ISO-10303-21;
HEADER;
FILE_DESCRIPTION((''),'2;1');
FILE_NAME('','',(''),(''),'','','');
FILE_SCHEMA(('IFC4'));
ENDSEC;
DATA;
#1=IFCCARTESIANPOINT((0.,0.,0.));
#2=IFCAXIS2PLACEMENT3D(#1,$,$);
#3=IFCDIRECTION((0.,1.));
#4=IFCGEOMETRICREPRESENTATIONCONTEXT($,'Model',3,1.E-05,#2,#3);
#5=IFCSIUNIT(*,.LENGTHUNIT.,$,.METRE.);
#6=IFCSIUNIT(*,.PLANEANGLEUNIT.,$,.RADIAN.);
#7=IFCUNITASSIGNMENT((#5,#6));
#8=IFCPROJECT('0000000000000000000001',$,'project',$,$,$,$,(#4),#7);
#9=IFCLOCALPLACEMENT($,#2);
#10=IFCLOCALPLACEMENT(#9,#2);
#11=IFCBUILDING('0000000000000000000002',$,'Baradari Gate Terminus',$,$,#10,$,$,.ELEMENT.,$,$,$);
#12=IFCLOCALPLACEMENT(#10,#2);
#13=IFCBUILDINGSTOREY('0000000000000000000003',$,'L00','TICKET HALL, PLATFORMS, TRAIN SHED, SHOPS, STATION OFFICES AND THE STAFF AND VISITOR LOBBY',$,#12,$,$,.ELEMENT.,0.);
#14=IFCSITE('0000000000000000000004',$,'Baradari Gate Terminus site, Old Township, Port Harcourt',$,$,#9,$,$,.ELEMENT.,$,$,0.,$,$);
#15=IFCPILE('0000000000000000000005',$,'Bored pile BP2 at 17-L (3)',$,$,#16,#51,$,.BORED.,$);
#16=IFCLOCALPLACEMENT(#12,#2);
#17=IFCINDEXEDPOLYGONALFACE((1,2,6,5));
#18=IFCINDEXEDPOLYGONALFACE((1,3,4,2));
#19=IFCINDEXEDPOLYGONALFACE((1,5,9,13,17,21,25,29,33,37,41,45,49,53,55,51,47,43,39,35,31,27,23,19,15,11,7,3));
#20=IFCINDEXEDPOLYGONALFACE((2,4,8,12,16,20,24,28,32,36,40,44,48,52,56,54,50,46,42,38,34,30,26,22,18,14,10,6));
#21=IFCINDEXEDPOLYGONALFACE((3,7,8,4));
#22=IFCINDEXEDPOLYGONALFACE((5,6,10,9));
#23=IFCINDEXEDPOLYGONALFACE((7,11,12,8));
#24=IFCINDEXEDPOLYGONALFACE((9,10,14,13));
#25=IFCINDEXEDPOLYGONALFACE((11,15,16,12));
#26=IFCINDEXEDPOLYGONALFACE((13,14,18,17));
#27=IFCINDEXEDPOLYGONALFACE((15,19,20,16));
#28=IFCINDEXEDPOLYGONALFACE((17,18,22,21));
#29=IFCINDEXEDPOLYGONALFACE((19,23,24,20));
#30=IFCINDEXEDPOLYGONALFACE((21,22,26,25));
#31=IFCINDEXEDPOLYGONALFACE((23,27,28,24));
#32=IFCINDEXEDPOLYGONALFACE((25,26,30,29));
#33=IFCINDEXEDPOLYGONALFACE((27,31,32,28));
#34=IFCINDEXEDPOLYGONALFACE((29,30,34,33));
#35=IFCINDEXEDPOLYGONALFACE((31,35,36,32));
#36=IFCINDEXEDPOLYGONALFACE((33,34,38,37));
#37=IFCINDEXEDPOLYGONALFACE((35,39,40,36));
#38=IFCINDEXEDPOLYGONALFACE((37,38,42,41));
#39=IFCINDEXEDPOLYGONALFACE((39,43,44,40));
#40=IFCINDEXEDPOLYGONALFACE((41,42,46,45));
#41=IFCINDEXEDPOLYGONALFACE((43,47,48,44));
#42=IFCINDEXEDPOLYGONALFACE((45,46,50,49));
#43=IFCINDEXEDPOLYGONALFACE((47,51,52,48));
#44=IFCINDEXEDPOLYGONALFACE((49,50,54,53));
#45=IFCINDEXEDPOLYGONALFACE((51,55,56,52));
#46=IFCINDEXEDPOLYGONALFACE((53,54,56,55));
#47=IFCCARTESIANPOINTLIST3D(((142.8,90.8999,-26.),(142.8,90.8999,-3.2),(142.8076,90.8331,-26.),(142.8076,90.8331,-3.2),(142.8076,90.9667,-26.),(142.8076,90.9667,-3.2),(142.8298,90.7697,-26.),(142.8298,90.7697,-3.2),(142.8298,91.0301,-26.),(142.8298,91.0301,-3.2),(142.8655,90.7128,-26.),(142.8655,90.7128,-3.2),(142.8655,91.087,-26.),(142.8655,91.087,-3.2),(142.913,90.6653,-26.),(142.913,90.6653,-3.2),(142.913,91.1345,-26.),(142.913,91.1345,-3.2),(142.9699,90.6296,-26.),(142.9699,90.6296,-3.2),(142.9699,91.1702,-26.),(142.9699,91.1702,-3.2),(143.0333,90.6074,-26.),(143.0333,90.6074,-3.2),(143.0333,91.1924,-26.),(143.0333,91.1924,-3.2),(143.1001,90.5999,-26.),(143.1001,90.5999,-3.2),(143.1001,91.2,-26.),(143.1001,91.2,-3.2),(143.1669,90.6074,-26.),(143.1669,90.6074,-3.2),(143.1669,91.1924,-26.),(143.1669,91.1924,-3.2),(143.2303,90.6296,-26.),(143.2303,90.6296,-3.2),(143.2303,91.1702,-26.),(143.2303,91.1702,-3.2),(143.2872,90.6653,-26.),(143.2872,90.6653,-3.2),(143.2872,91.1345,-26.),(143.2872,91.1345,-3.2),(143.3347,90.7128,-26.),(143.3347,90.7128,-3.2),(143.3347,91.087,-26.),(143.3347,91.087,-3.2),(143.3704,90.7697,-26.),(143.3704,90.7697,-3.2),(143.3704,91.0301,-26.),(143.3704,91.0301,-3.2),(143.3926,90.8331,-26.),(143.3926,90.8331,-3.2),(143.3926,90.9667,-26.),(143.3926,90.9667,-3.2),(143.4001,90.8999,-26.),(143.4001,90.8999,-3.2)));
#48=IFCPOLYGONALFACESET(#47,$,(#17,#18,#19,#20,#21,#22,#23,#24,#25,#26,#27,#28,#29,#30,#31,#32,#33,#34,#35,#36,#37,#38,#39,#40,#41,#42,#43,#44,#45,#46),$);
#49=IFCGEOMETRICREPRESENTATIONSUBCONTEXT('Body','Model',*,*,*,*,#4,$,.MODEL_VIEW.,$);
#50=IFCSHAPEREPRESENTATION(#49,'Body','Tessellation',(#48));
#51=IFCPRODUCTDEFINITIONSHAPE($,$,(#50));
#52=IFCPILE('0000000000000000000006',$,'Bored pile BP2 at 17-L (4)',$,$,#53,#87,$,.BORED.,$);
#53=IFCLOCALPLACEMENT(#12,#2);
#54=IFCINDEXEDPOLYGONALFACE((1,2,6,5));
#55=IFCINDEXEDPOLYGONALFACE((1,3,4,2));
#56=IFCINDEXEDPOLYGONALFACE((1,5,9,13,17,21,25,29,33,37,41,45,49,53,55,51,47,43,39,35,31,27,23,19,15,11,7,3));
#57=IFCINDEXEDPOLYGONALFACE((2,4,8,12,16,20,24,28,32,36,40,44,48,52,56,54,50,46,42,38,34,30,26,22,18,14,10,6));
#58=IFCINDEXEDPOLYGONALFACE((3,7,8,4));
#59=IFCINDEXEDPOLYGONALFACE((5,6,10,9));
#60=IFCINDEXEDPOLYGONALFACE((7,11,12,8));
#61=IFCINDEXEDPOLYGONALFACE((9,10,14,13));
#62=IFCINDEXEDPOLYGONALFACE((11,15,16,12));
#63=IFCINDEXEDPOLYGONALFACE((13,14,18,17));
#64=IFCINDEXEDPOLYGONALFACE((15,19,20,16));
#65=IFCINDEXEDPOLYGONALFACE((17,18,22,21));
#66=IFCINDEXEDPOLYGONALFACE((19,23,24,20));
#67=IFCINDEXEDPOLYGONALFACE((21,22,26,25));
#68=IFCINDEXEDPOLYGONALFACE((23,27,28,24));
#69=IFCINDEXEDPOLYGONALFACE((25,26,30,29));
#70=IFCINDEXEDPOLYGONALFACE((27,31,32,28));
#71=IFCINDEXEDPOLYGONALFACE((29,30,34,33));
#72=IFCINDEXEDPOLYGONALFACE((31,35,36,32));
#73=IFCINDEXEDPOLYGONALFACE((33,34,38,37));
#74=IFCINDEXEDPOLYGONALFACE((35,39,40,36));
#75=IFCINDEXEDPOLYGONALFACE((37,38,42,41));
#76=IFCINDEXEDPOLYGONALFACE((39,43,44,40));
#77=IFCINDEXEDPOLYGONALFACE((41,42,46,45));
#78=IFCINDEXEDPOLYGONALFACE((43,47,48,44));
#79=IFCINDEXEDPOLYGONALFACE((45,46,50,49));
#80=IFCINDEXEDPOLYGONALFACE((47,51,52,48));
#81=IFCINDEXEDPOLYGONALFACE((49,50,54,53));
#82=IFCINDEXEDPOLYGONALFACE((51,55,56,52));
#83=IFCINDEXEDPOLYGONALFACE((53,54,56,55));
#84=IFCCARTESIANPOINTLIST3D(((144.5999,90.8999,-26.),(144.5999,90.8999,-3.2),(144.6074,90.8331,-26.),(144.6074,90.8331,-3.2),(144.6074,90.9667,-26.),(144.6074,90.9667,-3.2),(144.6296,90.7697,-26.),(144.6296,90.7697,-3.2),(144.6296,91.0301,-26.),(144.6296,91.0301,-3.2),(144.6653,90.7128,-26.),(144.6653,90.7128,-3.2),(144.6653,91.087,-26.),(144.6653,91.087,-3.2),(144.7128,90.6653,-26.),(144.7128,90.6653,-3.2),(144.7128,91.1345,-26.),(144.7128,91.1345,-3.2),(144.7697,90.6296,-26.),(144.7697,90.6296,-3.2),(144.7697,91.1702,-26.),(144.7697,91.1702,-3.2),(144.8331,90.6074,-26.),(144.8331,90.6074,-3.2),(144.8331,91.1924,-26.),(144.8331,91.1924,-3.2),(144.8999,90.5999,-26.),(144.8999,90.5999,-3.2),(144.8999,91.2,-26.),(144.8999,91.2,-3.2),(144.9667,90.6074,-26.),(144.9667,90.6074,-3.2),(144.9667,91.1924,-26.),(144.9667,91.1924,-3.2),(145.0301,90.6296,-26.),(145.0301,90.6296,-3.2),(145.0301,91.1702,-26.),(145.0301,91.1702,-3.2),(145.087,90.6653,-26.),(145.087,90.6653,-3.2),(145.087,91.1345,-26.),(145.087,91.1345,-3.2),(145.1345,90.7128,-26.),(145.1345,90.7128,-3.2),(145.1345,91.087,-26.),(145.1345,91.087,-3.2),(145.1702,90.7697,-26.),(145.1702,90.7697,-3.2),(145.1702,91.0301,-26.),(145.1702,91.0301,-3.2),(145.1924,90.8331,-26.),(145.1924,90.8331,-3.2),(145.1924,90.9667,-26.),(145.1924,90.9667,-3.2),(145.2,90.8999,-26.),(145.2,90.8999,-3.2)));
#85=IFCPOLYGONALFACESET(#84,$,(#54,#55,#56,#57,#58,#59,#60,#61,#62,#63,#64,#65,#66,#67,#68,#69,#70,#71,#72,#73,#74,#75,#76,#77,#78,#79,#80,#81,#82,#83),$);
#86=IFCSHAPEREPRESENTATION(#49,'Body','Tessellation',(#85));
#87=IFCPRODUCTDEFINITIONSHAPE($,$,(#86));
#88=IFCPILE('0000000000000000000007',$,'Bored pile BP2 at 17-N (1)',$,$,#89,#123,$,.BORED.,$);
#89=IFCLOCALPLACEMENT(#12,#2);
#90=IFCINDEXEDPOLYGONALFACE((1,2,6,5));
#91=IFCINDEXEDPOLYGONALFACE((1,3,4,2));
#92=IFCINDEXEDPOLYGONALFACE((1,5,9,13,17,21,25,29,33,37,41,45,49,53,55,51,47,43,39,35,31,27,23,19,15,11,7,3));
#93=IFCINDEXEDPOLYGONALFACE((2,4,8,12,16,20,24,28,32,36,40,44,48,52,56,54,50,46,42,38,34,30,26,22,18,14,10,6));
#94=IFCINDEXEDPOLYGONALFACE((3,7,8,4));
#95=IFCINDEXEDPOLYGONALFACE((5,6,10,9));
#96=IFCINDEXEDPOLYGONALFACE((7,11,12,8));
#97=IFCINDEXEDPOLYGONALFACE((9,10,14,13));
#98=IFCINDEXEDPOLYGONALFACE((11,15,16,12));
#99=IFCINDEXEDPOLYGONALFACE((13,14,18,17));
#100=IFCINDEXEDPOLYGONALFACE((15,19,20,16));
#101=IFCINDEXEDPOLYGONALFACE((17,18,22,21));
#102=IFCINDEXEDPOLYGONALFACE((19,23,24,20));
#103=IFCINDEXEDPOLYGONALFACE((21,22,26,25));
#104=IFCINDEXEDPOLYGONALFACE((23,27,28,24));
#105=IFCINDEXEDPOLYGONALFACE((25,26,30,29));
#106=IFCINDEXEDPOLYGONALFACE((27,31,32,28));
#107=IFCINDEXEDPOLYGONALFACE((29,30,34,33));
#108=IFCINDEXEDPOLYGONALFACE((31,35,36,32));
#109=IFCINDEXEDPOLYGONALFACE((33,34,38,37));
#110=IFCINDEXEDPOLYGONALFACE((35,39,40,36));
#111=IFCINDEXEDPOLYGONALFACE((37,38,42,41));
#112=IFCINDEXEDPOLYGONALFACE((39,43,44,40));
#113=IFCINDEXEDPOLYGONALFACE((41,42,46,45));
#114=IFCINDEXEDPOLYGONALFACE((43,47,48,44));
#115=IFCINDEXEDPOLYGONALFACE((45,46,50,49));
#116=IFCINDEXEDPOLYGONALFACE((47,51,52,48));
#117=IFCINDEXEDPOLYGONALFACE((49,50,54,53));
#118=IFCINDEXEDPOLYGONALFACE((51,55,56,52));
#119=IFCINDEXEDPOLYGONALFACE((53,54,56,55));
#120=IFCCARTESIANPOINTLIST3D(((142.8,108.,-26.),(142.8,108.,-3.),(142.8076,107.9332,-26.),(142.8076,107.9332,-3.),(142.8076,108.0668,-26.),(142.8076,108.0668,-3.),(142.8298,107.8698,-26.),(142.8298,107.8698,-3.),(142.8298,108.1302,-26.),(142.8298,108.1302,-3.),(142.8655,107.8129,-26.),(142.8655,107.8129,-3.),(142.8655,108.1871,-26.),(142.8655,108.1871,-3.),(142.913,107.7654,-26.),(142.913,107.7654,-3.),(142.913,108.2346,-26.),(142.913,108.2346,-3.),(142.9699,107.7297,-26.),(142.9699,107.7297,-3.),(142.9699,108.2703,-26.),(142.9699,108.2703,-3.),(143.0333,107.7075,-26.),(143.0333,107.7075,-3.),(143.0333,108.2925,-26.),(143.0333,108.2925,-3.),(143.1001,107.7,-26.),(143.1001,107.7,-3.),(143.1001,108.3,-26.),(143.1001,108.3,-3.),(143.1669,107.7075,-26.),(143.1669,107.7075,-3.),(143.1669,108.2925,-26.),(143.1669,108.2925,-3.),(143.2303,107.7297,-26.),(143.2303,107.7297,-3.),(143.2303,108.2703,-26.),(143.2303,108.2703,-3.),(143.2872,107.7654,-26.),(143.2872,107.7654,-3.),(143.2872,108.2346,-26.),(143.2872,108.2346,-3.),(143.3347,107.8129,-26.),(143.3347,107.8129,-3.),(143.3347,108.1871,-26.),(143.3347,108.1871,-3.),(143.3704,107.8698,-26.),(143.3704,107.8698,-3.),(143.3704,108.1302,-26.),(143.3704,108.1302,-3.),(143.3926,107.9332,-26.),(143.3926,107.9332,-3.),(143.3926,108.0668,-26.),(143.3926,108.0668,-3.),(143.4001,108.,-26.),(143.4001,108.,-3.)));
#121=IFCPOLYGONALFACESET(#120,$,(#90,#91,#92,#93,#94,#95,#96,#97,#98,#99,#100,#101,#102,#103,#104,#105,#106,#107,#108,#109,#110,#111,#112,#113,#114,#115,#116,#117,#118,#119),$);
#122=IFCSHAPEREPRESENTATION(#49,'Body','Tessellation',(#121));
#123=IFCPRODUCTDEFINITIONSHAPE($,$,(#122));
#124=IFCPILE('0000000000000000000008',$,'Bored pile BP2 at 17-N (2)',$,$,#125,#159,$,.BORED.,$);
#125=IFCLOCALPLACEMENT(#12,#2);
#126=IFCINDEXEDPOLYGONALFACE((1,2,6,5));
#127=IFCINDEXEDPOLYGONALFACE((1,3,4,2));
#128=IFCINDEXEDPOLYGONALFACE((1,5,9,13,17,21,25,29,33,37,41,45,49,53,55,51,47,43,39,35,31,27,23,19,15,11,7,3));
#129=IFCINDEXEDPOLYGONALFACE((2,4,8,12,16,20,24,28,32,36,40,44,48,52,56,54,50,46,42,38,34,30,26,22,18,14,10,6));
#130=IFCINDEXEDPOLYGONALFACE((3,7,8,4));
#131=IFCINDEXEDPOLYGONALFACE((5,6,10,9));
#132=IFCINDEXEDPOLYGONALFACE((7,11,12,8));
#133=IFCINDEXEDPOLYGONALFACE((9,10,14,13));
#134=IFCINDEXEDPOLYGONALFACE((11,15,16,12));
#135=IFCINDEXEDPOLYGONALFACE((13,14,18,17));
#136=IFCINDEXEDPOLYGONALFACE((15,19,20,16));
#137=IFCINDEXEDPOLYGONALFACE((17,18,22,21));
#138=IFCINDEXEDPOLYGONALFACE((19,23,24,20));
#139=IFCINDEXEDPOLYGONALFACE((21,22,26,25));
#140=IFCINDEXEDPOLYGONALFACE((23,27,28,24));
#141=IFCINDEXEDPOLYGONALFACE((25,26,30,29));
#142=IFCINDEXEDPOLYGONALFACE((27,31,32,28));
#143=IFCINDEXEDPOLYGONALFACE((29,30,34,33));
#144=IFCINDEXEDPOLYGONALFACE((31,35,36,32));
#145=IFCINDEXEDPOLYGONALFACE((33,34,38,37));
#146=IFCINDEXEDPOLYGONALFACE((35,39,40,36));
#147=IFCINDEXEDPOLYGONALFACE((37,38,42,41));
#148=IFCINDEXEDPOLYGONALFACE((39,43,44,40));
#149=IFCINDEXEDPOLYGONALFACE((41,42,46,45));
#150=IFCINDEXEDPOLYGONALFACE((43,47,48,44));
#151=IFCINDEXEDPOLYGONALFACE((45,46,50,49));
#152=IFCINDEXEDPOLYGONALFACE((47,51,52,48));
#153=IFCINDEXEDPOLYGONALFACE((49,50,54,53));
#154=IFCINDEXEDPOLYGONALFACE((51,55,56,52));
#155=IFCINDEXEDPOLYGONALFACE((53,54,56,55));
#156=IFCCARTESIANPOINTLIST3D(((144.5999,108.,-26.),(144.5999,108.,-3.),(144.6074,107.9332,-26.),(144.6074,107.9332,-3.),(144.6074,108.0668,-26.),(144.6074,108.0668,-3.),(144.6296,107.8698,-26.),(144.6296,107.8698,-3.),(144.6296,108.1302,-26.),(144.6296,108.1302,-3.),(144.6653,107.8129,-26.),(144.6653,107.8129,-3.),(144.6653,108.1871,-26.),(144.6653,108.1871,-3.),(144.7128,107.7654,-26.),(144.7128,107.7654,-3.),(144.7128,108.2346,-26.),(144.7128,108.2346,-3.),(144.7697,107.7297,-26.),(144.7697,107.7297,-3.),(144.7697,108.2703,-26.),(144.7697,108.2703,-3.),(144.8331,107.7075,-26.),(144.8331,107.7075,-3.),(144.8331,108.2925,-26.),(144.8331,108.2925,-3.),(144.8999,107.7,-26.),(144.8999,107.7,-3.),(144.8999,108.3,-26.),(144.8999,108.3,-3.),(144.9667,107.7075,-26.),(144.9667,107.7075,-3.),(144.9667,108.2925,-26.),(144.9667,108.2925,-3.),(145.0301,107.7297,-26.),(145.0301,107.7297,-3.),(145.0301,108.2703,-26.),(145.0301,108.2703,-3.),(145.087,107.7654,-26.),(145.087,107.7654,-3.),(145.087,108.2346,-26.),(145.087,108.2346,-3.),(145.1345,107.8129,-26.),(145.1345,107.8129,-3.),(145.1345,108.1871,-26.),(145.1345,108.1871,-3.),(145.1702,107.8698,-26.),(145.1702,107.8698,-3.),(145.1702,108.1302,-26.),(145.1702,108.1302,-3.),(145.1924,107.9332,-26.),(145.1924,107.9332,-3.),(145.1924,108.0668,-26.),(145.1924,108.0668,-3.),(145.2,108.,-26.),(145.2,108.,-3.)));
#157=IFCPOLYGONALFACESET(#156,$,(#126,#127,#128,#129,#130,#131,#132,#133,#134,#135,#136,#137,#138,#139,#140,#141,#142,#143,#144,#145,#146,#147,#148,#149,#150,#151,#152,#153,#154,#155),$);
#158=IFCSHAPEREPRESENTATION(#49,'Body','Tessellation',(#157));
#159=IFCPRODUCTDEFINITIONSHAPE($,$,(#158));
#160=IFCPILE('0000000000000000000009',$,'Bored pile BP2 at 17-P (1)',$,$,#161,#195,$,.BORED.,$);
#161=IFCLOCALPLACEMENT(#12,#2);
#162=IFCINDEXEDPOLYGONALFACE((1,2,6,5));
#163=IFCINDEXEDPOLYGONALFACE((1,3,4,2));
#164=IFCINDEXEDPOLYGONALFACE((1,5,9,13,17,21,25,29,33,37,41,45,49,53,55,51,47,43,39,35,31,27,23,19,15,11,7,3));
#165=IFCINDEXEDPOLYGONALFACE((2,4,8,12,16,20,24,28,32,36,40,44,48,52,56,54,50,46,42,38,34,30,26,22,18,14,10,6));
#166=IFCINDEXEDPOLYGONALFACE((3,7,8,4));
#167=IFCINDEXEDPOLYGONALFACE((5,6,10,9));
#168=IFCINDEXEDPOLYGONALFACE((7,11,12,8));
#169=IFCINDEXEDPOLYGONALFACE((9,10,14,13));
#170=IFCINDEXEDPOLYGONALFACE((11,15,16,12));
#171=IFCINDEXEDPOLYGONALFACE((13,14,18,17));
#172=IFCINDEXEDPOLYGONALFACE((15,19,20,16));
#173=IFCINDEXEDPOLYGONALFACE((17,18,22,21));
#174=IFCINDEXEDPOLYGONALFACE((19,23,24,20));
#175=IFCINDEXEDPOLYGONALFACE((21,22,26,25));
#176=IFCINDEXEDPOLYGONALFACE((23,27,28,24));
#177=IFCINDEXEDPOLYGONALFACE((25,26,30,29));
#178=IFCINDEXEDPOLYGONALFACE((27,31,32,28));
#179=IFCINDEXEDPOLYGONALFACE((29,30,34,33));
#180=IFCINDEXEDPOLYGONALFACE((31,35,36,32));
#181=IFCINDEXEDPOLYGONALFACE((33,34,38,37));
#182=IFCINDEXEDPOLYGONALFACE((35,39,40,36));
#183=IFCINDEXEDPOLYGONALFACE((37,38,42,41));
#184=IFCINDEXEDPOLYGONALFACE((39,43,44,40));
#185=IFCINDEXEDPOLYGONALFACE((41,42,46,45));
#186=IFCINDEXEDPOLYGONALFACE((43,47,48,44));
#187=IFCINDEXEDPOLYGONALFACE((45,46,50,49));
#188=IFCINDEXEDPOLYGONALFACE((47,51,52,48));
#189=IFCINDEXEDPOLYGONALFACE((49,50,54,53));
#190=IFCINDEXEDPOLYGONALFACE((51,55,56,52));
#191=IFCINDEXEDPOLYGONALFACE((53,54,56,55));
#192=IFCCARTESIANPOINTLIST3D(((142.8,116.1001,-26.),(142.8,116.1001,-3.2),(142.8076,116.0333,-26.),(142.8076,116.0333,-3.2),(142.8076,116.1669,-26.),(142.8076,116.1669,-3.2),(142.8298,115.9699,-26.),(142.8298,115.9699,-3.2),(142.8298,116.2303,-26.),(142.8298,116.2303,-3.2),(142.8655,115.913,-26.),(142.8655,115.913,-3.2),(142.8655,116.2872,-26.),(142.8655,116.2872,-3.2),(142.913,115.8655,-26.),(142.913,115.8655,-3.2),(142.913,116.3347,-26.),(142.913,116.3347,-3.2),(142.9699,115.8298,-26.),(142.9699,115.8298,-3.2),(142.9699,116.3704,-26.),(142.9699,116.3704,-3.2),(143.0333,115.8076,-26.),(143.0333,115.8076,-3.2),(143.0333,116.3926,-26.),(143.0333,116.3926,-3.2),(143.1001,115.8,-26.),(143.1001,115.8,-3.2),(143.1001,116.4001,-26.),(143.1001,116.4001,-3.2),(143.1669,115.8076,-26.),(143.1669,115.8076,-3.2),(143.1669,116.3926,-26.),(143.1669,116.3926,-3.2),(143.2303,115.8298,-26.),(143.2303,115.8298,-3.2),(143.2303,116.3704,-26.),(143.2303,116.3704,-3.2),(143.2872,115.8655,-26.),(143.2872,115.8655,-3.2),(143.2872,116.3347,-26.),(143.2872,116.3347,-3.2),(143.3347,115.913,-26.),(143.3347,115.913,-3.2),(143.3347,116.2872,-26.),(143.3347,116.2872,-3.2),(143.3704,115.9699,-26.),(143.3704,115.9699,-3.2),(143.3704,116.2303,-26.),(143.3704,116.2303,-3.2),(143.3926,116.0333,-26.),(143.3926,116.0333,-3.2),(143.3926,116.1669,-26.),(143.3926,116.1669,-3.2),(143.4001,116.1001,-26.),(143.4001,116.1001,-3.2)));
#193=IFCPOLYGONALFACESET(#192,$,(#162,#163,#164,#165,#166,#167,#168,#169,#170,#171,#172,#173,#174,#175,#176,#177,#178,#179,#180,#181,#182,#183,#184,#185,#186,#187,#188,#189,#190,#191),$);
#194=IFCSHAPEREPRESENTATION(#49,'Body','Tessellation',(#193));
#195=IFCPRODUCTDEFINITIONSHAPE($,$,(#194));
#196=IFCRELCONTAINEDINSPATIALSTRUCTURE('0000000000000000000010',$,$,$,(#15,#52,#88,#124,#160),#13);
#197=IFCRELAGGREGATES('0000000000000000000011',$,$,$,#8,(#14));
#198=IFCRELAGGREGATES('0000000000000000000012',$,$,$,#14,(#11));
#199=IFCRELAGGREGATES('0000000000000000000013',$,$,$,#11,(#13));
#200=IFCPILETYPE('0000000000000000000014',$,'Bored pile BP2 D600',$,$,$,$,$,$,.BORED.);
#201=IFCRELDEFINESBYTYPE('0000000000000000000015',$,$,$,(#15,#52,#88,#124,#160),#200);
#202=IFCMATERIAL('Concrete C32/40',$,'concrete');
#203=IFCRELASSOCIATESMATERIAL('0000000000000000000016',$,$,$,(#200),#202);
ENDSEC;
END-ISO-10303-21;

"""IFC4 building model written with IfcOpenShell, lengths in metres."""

from ifc_helpers import new_model, si_unit, direction, frame, origin, origin_2d, place, context, subcontext, project, spatial, circle, extrude, material, type_object, element, save


model = new_model("IFC4")

# Units and contexts
model_context = context("Model", 3, precision=1e-05, world=origin(), true_north=direction((0.0, 1.0)))
body_context = subcontext(model_context, "Body", "Model", "MODEL_VIEW")
ifc_project = project(units=[si_unit("LENGTHUNIT", "METRE"), si_unit("PLANEANGLEUNIT", "RADIAN")], contexts=[model_context])

# Site, building, storey
site_placement = place(None, origin())
site = spatial("IfcSite", under=ifc_project, at=site_placement, Name="Baradari Gate Terminus site, Old Township, Port Harcourt", CompositionType="ELEMENT", RefElevation=0.0)
building_placement = place(site_placement, origin())
building = spatial("IfcBuilding", under=site, at=building_placement, Name="Baradari Gate Terminus", CompositionType="ELEMENT")
storey_placement = place(building_placement, origin())
storey = spatial("IfcBuildingStorey", under=building, at=storey_placement, Name="L00", Description="TICKET HALL, PLATFORMS, TRAIN SHED, SHOPS, STATION OFFICES AND THE STAFF AND VISITOR LOBBY", CompositionType="ELEMENT", Elevation=0.0)

# Piles
ifc_material_1 = material(Name="Concrete C32/40", Category="concrete")
pile_type = type_object("IfcPileType", Name="Bored pile BP2 D600", PredefinedType="BORED", material=ifc_material_1)
for number, where, z_axis, x_axis, name in (
    (1, (143.1001, 90.8999, -3.2), (0.0, 0.0, -1.0), (1.0, 0.0, 0.0), "Bored pile BP2 at 17-L (3)"),
    (2, (144.8999, 90.8999, -3.2), (0.0, 0.0, -1.0), (1.0, 0.0, 0.0), "Bored pile BP2 at 17-L (4)"),
):
    element("IfcPile", number, at=place(storey_placement, frame(where, z_axis=z_axis, x_axis=x_axis)), inside=storey, type_object=pile_type, Name=name, PredefinedType="BORED", context=body_context, shape_type="SweptSolid", body=[
        extrude(circle(Radius=0.3, at=origin_2d()), origin(), (0.0, 0.0, 1.0), 22.8),
    ])
for number, where, z_axis, x_axis, name in (
    (3, (143.1001, 108.0, -3.0), (0.0, 0.0, -1.0), (1.0, 0.0, 0.0), "Bored pile BP2 at 17-N (1)"),
    (4, (144.8999, 108.0, -3.0), (0.0, 0.0, -1.0), (1.0, 0.0, 0.0), "Bored pile BP2 at 17-N (2)"),
):
    element("IfcPile", number, at=place(storey_placement, frame(where, z_axis=z_axis, x_axis=x_axis)), inside=storey, type_object=pile_type, Name=name, PredefinedType="BORED", context=body_context, shape_type="SweptSolid", body=[
        extrude(circle(Radius=0.3, at=origin_2d()), origin(), (0.0, 0.0, 1.0), 23.0),
    ])
for number, where, z_axis, x_axis, name in (
    (5, (143.1001, 116.1001, -3.2), (0.0, 0.0, -1.0), (1.0, 0.0, 0.0), "Bored pile BP2 at 17-P (1)"),
):
    element("IfcPile", number, at=place(storey_placement, frame(where, z_axis=z_axis, x_axis=x_axis)), inside=storey, type_object=pile_type, Name=name, PredefinedType="BORED", context=body_context, shape_type="SweptSolid", body=[
        extrude(circle(Radius=0.3, at=origin_2d()), origin(), (0.0, 0.0, 1.0), 22.8),
    ])

save(model, "model.ifc")
